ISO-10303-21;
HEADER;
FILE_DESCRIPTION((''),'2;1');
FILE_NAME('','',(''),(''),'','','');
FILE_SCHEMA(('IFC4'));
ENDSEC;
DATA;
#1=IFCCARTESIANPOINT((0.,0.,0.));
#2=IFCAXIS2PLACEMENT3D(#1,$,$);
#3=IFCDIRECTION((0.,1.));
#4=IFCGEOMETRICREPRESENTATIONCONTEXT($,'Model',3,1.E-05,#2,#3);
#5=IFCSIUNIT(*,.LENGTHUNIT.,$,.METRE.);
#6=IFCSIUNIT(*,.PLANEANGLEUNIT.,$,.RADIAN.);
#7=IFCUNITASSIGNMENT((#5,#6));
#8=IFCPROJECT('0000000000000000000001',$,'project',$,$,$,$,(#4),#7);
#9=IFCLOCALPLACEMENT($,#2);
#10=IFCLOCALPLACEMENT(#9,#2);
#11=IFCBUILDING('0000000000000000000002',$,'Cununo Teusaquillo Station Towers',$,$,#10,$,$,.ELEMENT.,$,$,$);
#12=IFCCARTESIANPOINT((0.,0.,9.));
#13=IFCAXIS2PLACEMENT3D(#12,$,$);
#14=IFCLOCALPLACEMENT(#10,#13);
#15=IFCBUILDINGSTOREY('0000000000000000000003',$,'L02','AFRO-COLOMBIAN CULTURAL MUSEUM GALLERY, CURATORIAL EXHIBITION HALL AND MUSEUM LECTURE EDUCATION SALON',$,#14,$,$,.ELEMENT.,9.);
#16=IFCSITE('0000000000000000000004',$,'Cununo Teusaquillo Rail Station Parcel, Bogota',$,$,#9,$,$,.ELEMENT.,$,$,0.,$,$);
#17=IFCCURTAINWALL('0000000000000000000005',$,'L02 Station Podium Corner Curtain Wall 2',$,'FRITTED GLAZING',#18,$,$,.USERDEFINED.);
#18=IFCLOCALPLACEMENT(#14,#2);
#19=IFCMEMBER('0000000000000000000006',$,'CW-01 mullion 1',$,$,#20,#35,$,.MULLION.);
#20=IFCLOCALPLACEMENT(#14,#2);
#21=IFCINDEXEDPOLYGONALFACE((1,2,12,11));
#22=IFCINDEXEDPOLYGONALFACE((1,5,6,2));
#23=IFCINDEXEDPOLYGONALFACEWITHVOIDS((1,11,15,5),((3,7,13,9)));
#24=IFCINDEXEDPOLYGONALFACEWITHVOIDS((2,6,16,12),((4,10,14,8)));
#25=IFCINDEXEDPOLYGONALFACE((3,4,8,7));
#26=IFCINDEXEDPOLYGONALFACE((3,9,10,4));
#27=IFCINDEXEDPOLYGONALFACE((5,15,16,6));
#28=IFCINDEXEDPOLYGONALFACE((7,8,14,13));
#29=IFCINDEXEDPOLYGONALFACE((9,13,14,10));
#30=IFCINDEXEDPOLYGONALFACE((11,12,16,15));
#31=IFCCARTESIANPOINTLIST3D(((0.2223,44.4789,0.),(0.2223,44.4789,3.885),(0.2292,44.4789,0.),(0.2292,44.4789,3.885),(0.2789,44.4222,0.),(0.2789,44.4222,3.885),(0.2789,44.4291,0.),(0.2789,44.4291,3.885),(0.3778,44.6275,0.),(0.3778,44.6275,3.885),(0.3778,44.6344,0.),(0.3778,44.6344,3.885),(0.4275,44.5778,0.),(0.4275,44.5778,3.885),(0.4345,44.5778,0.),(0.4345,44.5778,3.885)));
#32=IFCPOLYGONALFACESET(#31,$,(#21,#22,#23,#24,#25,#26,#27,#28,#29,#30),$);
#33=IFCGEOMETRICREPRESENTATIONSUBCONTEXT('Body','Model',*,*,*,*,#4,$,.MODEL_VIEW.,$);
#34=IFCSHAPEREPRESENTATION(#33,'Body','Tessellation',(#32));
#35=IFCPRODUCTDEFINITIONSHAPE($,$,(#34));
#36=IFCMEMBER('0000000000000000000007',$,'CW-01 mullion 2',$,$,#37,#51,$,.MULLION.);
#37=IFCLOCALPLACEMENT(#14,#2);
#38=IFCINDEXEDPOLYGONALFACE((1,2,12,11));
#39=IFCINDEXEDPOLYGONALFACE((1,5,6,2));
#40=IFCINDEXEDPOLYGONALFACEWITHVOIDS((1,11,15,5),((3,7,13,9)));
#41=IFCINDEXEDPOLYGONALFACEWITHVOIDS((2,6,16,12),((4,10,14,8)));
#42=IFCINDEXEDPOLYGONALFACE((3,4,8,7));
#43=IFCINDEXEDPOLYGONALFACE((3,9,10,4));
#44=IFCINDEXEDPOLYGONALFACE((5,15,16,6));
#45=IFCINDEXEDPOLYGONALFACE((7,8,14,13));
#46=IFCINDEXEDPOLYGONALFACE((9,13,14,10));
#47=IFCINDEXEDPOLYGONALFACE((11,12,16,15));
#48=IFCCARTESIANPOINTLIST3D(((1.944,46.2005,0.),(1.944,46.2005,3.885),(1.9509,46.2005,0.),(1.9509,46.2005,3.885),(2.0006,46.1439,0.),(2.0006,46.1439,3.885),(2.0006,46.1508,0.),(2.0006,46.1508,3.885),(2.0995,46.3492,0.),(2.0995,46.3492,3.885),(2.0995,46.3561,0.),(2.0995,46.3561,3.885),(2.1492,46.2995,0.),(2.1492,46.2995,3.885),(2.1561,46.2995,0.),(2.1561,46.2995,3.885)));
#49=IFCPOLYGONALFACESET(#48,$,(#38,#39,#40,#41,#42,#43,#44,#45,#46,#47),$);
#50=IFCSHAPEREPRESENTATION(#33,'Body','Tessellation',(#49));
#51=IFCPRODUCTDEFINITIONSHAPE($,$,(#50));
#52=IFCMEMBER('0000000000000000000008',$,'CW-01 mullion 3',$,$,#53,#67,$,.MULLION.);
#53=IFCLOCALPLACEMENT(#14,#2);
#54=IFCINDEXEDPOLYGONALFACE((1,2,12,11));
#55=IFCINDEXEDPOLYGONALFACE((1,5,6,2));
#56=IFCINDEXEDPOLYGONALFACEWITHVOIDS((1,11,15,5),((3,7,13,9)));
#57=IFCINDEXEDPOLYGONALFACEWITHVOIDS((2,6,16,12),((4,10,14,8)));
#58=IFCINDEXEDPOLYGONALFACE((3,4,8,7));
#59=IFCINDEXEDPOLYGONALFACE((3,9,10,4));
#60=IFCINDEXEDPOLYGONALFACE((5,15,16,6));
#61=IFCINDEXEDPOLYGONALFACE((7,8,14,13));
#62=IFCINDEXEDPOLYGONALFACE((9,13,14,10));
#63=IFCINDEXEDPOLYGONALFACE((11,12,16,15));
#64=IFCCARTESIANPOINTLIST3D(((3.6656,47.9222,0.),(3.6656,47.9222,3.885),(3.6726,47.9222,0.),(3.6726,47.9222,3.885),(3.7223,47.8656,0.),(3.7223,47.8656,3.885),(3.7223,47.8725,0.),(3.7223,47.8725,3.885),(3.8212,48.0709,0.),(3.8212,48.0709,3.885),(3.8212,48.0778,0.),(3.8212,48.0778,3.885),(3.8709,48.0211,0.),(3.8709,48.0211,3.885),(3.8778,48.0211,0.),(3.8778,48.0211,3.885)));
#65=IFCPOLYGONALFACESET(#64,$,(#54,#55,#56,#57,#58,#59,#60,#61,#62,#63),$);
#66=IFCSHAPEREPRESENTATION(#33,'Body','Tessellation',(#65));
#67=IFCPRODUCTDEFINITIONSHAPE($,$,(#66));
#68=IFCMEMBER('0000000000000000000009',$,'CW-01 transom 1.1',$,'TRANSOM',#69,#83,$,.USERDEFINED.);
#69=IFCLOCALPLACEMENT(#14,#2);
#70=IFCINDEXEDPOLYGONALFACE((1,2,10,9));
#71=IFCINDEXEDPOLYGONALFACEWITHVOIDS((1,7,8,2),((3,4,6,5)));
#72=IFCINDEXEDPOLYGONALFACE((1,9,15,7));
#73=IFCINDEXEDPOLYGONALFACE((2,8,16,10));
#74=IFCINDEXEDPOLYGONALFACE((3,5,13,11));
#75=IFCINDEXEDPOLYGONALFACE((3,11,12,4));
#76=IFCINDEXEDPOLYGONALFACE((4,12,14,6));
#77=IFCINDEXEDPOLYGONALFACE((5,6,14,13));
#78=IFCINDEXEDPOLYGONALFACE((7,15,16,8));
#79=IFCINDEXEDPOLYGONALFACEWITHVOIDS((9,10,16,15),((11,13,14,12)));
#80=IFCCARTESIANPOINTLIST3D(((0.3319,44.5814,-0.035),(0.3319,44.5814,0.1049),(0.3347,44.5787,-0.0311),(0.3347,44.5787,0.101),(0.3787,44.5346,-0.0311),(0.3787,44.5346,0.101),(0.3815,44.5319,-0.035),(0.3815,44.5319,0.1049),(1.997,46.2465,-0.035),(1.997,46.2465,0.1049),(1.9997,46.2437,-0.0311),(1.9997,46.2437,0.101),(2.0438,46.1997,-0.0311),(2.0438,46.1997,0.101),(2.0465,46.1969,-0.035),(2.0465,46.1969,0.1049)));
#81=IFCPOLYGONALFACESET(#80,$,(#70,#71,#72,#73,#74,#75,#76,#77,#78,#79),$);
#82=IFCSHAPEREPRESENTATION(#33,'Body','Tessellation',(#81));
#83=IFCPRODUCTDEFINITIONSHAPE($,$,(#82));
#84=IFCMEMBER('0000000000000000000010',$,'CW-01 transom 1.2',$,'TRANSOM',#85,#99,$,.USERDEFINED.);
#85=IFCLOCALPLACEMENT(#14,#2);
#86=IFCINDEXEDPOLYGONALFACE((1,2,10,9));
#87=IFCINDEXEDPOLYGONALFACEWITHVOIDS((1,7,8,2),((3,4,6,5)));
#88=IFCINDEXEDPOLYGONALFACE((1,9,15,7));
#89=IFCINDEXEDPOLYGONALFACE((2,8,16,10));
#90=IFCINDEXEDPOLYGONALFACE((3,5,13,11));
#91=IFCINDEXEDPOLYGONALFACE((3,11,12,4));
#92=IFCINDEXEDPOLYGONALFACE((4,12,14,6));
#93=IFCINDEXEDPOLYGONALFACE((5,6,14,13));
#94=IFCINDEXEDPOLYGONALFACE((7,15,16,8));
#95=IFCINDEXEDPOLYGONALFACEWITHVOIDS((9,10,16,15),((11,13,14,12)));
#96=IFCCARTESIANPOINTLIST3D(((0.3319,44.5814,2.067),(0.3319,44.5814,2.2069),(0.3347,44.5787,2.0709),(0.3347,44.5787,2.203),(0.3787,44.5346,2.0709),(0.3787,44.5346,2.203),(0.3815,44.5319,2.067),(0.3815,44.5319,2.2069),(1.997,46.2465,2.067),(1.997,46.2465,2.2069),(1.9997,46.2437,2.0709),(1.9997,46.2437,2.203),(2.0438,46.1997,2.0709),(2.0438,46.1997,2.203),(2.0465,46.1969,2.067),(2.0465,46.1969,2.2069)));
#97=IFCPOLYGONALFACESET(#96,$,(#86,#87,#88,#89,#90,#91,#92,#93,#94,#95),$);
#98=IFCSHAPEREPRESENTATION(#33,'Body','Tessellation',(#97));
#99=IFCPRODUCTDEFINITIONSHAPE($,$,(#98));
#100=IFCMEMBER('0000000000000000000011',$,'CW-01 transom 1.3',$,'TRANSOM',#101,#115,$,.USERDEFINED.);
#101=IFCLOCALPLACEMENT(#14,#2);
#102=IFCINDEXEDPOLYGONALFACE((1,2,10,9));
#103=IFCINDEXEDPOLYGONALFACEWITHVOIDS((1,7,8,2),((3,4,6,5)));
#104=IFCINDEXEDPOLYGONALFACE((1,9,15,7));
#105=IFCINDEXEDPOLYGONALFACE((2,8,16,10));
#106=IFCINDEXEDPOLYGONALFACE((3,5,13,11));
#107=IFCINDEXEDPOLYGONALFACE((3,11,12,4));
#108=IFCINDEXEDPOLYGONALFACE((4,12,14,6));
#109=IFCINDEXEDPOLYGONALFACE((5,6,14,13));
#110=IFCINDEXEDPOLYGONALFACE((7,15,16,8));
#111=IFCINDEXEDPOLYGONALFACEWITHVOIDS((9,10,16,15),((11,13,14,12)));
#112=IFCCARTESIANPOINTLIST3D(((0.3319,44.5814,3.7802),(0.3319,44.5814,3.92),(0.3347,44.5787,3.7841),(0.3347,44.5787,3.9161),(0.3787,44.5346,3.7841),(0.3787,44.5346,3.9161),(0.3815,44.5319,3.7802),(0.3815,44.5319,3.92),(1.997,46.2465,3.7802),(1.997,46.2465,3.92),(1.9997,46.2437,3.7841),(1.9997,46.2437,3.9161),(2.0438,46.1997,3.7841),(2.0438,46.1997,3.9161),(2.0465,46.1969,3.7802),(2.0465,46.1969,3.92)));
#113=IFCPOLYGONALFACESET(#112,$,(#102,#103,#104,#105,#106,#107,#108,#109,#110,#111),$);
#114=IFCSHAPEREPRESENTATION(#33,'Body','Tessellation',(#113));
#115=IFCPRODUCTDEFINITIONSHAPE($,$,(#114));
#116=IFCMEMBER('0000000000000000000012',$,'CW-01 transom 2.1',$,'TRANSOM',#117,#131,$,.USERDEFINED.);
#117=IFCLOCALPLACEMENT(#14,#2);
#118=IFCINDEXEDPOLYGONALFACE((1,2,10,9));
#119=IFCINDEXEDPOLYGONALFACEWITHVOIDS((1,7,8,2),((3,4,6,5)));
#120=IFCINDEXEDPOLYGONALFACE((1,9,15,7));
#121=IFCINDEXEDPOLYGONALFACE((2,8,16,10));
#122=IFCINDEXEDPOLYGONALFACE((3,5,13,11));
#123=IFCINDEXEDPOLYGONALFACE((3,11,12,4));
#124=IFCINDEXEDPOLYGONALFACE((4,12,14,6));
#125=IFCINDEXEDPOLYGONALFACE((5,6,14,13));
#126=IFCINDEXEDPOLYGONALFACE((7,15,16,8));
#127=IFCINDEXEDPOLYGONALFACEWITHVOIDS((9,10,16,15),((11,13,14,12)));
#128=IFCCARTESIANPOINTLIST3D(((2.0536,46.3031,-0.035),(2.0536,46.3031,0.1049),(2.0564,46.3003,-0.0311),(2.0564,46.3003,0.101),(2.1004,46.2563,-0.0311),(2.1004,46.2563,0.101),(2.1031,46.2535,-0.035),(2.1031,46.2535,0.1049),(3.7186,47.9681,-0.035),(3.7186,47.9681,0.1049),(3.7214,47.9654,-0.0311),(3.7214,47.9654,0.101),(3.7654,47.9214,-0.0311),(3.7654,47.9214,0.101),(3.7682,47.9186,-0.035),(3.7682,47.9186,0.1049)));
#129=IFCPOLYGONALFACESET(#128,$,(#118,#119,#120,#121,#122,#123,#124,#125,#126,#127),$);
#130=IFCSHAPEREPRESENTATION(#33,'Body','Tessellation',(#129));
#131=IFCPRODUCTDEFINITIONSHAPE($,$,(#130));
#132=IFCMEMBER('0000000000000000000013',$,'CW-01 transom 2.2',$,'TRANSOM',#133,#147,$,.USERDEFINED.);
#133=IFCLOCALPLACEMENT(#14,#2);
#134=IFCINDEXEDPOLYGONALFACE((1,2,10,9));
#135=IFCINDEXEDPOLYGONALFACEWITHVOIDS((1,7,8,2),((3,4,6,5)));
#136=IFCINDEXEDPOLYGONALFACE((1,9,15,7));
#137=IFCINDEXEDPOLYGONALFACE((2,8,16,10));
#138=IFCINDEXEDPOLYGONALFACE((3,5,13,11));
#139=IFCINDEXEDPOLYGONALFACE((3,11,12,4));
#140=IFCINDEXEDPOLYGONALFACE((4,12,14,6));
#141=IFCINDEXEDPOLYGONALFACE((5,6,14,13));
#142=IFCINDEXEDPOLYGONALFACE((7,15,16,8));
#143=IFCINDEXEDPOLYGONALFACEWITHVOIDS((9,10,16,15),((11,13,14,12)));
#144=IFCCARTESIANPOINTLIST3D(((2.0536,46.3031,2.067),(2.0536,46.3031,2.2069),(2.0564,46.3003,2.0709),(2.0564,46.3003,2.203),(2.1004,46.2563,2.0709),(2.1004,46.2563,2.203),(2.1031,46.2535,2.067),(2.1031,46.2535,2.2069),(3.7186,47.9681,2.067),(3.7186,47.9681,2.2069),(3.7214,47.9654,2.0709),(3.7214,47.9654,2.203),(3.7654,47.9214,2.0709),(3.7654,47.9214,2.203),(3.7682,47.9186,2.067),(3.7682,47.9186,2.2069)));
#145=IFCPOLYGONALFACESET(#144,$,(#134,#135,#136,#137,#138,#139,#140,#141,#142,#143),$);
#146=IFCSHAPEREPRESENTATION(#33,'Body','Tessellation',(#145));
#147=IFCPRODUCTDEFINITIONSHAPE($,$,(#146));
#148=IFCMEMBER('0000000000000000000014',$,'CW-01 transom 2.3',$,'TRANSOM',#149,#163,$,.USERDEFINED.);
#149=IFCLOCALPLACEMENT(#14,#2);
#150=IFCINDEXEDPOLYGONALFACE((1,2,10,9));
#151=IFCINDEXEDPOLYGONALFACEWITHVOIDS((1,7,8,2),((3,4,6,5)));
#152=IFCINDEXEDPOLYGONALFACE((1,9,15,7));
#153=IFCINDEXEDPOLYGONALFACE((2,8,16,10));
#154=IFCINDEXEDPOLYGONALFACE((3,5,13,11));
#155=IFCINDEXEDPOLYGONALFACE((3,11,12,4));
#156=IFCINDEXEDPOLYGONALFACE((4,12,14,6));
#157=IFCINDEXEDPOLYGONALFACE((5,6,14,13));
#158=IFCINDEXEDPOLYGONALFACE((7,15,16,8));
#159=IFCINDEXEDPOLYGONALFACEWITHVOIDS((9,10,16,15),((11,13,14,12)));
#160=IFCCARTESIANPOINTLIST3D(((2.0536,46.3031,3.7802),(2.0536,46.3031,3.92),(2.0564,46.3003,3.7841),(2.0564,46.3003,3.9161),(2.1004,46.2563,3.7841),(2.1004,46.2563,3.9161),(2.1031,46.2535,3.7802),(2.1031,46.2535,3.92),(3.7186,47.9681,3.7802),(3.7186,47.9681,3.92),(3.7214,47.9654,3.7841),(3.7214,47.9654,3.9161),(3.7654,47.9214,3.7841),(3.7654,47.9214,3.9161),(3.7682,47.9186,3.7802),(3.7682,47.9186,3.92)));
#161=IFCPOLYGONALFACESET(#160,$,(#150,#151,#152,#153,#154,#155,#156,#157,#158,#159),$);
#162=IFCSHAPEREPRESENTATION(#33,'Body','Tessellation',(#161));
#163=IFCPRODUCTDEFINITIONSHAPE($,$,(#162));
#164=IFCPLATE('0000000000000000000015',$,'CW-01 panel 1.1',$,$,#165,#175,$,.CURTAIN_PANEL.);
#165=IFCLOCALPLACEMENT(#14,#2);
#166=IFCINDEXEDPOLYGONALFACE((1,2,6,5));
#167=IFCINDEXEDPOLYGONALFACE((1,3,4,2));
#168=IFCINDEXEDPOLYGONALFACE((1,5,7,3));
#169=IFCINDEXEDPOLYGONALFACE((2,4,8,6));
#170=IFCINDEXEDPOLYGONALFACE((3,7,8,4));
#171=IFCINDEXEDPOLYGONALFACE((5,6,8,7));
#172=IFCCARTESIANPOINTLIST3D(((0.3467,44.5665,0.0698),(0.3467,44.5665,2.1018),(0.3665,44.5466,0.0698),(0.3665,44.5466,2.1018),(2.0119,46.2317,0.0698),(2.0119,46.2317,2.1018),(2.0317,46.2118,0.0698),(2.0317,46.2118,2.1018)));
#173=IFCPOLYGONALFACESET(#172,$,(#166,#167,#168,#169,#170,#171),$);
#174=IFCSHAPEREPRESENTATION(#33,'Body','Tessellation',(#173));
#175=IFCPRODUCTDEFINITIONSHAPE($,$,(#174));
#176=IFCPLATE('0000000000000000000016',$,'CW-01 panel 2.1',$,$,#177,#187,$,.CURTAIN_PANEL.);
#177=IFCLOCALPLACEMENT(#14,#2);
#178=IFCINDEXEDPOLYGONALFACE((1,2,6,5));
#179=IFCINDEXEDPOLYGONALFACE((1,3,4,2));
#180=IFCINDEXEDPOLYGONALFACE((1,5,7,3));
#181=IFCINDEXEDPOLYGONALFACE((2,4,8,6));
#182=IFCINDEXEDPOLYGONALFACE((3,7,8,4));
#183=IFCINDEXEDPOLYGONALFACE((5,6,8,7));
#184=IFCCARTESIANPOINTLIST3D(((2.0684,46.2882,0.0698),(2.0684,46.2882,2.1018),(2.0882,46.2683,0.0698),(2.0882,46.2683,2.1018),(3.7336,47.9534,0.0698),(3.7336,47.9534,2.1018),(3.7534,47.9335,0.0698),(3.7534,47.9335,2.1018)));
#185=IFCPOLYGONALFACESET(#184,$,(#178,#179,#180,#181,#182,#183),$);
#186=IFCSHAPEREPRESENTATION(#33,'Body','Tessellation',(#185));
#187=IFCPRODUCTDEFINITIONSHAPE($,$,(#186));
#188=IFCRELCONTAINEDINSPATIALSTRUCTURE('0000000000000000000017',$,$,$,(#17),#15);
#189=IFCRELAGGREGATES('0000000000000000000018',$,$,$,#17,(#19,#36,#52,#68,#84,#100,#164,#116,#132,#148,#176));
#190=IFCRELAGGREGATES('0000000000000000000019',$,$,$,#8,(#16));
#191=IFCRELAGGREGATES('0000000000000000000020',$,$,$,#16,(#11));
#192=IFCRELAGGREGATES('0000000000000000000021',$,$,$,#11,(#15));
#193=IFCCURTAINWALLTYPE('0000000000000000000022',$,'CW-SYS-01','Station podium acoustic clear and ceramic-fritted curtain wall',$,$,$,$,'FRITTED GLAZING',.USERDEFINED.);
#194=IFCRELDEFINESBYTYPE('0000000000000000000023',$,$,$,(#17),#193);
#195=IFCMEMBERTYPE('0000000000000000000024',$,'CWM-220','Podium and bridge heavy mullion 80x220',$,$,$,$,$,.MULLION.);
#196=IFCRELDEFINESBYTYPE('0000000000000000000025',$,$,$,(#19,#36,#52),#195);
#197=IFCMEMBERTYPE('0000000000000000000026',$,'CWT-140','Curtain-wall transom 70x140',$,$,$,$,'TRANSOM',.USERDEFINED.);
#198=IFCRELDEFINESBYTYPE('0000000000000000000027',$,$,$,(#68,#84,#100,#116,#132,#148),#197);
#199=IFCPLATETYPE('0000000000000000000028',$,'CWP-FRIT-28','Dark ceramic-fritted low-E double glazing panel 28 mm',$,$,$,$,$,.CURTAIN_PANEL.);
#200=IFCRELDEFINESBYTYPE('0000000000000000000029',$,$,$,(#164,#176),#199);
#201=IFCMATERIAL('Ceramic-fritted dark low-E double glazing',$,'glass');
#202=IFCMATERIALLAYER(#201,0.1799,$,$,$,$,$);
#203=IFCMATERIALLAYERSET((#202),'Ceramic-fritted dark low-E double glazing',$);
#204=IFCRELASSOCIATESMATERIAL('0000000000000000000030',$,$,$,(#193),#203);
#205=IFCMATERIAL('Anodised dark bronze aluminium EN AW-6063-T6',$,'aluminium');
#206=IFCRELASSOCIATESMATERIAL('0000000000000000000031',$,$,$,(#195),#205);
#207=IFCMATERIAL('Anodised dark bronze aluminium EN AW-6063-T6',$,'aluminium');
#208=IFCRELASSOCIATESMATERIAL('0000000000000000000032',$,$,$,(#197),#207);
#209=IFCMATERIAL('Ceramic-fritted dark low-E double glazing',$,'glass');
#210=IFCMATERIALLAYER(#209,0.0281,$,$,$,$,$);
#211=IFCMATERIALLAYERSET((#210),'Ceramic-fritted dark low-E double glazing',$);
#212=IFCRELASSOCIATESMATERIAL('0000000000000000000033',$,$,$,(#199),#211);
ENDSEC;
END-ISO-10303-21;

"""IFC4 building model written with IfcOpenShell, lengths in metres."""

from ifc_helpers import new_model, si_unit, direction, frame, origin, origin_2d, place, context, subcontext, project, spatial, rectangle, hollow_rectangle, extrude, source, transform, mapped, material, layer, layer_set, material_profile, profile_set, type_object, element, aggregate, save


model = new_model("IFC4")

# Units and contexts
model_context = context("Model", 3, precision=1e-05, world=origin(), true_north=direction((0.0, 1.0)))
body_context = subcontext(model_context, "Body", "Model", "MODEL_VIEW")
ifc_project = project(units=[si_unit("LENGTHUNIT", "METRE"), si_unit("PLANEANGLEUNIT", "RADIAN")], contexts=[model_context])

# Site, building, storey
site_placement = place(None, origin())
site = spatial("IfcSite", under=ifc_project, at=site_placement, Name="Cununo Teusaquillo Rail Station Parcel, Bogota", CompositionType="ELEMENT", RefElevation=0.0)
building_placement = place(site_placement, origin())
building = spatial("IfcBuilding", under=site, at=building_placement, Name="Cununo Teusaquillo Station Towers", CompositionType="ELEMENT")
storey_placement = place(building_placement, frame((0.0, 0.0, 9.0)))
storey = spatial("IfcBuildingStorey", under=building, at=storey_placement, Name="L02", Description="AFRO-COLOMBIAN CULTURAL MUSEUM GALLERY, CURATORIAL EXHIBITION HALL AND MUSEUM LECTURE EDUCATION SALON", CompositionType="ELEMENT", Elevation=9.0)

# Curtain wall, members, plates
ifc_material_1 = material(Name="Ceramic-fritted dark low-E double glazing", Category="glass")
ifc_layer_1 = layer(ifc_material_1, 0.1799)
ifc_layer_set_1 = layer_set([ifc_layer_1], Name="Ceramic-fritted dark low-E double glazing")
curtain_wall_type = type_object("IfcCurtainWallType", Name="CW-SYS-01", Description="Station podium acoustic clear and ceramic-fritted curtain wall", ElementType="FRITTED GLAZING", PredefinedType="USERDEFINED", material=ifc_layer_set_1)
curtain_wall_placement = place(storey_placement, origin())
curtain_wall = element("IfcCurtainWall", 1, at=curtain_wall_placement, inside=storey, type_object=curtain_wall_type, Name="L02 Station Podium Corner Curtain Wall 2", ObjectType="FRITTED GLAZING", PredefinedType="USERDEFINED")
ifc_material_2 = material(Name="Anodised dark bronze aluminium EN AW-6063-T6", Category="aluminium")
ifc_material_profile_1 = material_profile(ifc_material_2, hollow_rectangle(XDim=0.0801, YDim=0.22, WallThickness=0.0049, at=origin_2d()), Name="CW-MULL-80x220")
ifc_profile_set_1 = profile_set([ifc_material_profile_1], Name="Anodised dark bronze aluminium EN AW-6063-T6")
member_type_1 = type_object("IfcMemberType", Name="CWM-220", Description="Podium and bridge heavy mullion 80x220", PredefinedType="MULLION", material=ifc_profile_set_1)
member_1_placement = place(storey_placement, frame((0.3284, 44.5283, 0.0), z_axis=(0.0, 0.0, 1.0), x_axis=(-0.707107, 0.707107, 0.0)))
member_1 = element("IfcMember", 2, at=member_1_placement, type_object=member_type_1, Name="CW-01 mullion 1", PredefinedType="MULLION", context=body_context, shape_type="SweptSolid", body=[
    extrude(hollow_rectangle(XDim=0.0801, YDim=0.22, WallThickness=0.0049, at=origin_2d()), origin(), (0.0, 0.0, 1.0), 3.885),
])
member_2_placement = place(storey_placement, frame((2.05, 46.25, 0.0), z_axis=(0.0, 0.0, 1.0), x_axis=(-0.707107, 0.707107, 0.0)))
member_2 = element("IfcMember", 3, at=member_2_placement, type_object=member_type_1, Name="CW-01 mullion 2", PredefinedType="MULLION", context=body_context, shape_type="SweptSolid", body=[
    extrude(hollow_rectangle(XDim=0.0801, YDim=0.22, WallThickness=0.0049, at=origin_2d()), origin(), (0.0, 0.0, 1.0), 3.885),
])
member_3_placement = place(storey_placement, frame((3.7717, 47.9717, 0.0), z_axis=(0.0, 0.0, 1.0), x_axis=(-0.707107, 0.707107, 0.0)))
member_3 = element("IfcMember", 4, at=member_3_placement, type_object=member_type_1, Name="CW-01 mullion 3", PredefinedType="MULLION", context=body_context, shape_type="SweptSolid", body=[
    extrude(hollow_rectangle(XDim=0.0801, YDim=0.22, WallThickness=0.0049, at=origin_2d()), origin(), (0.0, 0.0, 1.0), 3.885),
])
ifc_material_3 = material(Name="Anodised dark bronze aluminium EN AW-6063-T6", Category="aluminium")
ifc_material_profile_2 = material_profile(ifc_material_3, hollow_rectangle(XDim=0.0701, YDim=0.1399, WallThickness=0.0039, at=origin_2d()), Name="CW-TRAN-70x140")
ifc_profile_set_2 = profile_set([ifc_material_profile_2], Name="Anodised dark bronze aluminium EN AW-6063-T6")
member_type_2 = type_object("IfcMemberType", Name="CWT-140", Description="Curtain-wall transom 70x140", ElementType="TRANSOM", PredefinedType="USERDEFINED", material=ifc_profile_set_2)
member_4_placement = place(storey_placement, frame((0.3567, 44.5566, 0.0349), z_axis=(0.707107, 0.707107, 0.0), x_axis=(-0.707107, 0.707107, 0.0)))
member_4 = element("IfcMember", 5, at=member_4_placement, type_object=member_type_2, Name="CW-01 transom 1.1", ObjectType="TRANSOM", PredefinedType="USERDEFINED", context=body_context, shape_type="SweptSolid", body=[
    extrude(hollow_rectangle(XDim=0.0701, YDim=0.1399, WallThickness=0.0039, at=origin_2d()), origin(), (0.0, 0.0, 1.0), 2.3547),
])
member_5_placement = place(storey_placement, frame((0.3567, 44.5566, 2.137), z_axis=(0.707107, 0.707107, 0.0), x_axis=(-0.707107, 0.707107, 0.0)))
member_5 = element("IfcMember", 6, at=member_5_placement, type_object=member_type_2, Name="CW-01 transom 1.2", ObjectType="TRANSOM", PredefinedType="USERDEFINED", context=body_context, shape_type="SweptSolid", body=[
    extrude(hollow_rectangle(XDim=0.0701, YDim=0.1399, WallThickness=0.0039, at=origin_2d()), origin(), (0.0, 0.0, 1.0), 2.3547),
])
member_6_placement = place(storey_placement, frame((0.3567, 44.5566, 3.8501), z_axis=(0.707107, 0.707107, 0.0), x_axis=(-0.707107, 0.707107, 0.0)))
member_6 = element("IfcMember", 7, at=member_6_placement, type_object=member_type_2, Name="CW-01 transom 1.3", ObjectType="TRANSOM", PredefinedType="USERDEFINED", context=body_context, shape_type="SweptSolid", body=[
    extrude(hollow_rectangle(XDim=0.0701, YDim=0.1399, WallThickness=0.0039, at=origin_2d()), origin(), (0.0, 0.0, 1.0), 2.3547),
])
member_7_placement = place(storey_placement, frame((2.0784, 46.2783, 0.0349), z_axis=(0.707107, 0.707107, 0.0), x_axis=(-0.707107, 0.707107, 0.0)))
member_7 = element("IfcMember", 8, at=member_7_placement, type_object=member_type_2, Name="CW-01 transom 2.1", ObjectType="TRANSOM", PredefinedType="USERDEFINED", context=body_context, shape_type="SweptSolid", body=[
    extrude(hollow_rectangle(XDim=0.0701, YDim=0.1399, WallThickness=0.0039, at=origin_2d()), origin(), (0.0, 0.0, 1.0), 2.3547),
])
member_8_placement = place(storey_placement, frame((2.0784, 46.2783, 2.137), z_axis=(0.707107, 0.707107, 0.0), x_axis=(-0.707107, 0.707107, 0.0)))
member_8 = element("IfcMember", 9, at=member_8_placement, type_object=member_type_2, Name="CW-01 transom 2.2", ObjectType="TRANSOM", PredefinedType="USERDEFINED", context=body_context, shape_type="SweptSolid", body=[
    extrude(hollow_rectangle(XDim=0.0701, YDim=0.1399, WallThickness=0.0039, at=origin_2d()), origin(), (0.0, 0.0, 1.0), 2.3547),
])
member_9_placement = place(storey_placement, frame((2.0784, 46.2783, 3.8501), z_axis=(0.707107, 0.707107, 0.0), x_axis=(-0.707107, 0.707107, 0.0)))
member_9 = element("IfcMember", 10, at=member_9_placement, type_object=member_type_2, Name="CW-01 transom 2.3", ObjectType="TRANSOM", PredefinedType="USERDEFINED", context=body_context, shape_type="SweptSolid", body=[
    extrude(hollow_rectangle(XDim=0.0701, YDim=0.1399, WallThickness=0.0039, at=origin_2d()), origin(), (0.0, 0.0, 1.0), 2.3547),
])
ifc_material_4 = material(Name="Ceramic-fritted dark low-E double glazing", Category="glass")
ifc_layer_2 = layer(ifc_material_4, 0.0281)
ifc_layer_set_2 = layer_set([ifc_layer_2], Name="Ceramic-fritted dark low-E double glazing")
plate_type = type_object("IfcPlateType", Name="CWP-FRIT-28", Description="Dark ceramic-fritted low-E double glazing panel 28 mm", PredefinedType="CURTAIN_PANEL", material=ifc_layer_set_2)
shared_shape_1 = source(origin(), body_context, "Body", "SweptSolid", [
    extrude(rectangle(XDim=2.355, YDim=0.0281, at=origin_2d()), origin(), (0.0, 0.0, 1.0), 2.032),
])
plate_1_placement = place(storey_placement, frame((1.1892, 45.3892, 0.0698), z_axis=(0.0, 0.0, 1.0), x_axis=(0.707107, 0.707107, 0.0)))
plate_1 = element("IfcPlate", 11, at=plate_1_placement, type_object=plate_type, Name="CW-01 panel 1.1", PredefinedType="CURTAIN_PANEL", context=body_context, shape_type="MappedRepresentation", body=[
    mapped(shared_shape_1, transform((0.0, 0.0, 0.0), x_axis=(1.0, 0.0, 0.0), y_axis=(0.0, 1.0, 0.0), z_axis=(0.0, 0.0, 1.0), scale=1.0)),
])
plate_2_placement = place(storey_placement, frame((2.9109, 47.1108, 0.0698), z_axis=(0.0, 0.0, 1.0), x_axis=(0.707107, 0.707107, 0.0)))
plate_2 = element("IfcPlate", 12, at=plate_2_placement, type_object=plate_type, Name="CW-01 panel 2.1", PredefinedType="CURTAIN_PANEL", context=body_context, shape_type="MappedRepresentation", body=[
    mapped(shared_shape_1, transform((0.0, 0.0, 0.0), x_axis=(1.0, 0.0, 0.0), y_axis=(0.0, 1.0, 0.0), z_axis=(0.0, 0.0, 1.0), scale=1.0)),
])
aggregate(curtain_wall, [member_1, member_2, member_3, member_4, member_5, member_6, plate_1, member_7, member_8, member_9, plate_2])

save(model, "model.ifc")
